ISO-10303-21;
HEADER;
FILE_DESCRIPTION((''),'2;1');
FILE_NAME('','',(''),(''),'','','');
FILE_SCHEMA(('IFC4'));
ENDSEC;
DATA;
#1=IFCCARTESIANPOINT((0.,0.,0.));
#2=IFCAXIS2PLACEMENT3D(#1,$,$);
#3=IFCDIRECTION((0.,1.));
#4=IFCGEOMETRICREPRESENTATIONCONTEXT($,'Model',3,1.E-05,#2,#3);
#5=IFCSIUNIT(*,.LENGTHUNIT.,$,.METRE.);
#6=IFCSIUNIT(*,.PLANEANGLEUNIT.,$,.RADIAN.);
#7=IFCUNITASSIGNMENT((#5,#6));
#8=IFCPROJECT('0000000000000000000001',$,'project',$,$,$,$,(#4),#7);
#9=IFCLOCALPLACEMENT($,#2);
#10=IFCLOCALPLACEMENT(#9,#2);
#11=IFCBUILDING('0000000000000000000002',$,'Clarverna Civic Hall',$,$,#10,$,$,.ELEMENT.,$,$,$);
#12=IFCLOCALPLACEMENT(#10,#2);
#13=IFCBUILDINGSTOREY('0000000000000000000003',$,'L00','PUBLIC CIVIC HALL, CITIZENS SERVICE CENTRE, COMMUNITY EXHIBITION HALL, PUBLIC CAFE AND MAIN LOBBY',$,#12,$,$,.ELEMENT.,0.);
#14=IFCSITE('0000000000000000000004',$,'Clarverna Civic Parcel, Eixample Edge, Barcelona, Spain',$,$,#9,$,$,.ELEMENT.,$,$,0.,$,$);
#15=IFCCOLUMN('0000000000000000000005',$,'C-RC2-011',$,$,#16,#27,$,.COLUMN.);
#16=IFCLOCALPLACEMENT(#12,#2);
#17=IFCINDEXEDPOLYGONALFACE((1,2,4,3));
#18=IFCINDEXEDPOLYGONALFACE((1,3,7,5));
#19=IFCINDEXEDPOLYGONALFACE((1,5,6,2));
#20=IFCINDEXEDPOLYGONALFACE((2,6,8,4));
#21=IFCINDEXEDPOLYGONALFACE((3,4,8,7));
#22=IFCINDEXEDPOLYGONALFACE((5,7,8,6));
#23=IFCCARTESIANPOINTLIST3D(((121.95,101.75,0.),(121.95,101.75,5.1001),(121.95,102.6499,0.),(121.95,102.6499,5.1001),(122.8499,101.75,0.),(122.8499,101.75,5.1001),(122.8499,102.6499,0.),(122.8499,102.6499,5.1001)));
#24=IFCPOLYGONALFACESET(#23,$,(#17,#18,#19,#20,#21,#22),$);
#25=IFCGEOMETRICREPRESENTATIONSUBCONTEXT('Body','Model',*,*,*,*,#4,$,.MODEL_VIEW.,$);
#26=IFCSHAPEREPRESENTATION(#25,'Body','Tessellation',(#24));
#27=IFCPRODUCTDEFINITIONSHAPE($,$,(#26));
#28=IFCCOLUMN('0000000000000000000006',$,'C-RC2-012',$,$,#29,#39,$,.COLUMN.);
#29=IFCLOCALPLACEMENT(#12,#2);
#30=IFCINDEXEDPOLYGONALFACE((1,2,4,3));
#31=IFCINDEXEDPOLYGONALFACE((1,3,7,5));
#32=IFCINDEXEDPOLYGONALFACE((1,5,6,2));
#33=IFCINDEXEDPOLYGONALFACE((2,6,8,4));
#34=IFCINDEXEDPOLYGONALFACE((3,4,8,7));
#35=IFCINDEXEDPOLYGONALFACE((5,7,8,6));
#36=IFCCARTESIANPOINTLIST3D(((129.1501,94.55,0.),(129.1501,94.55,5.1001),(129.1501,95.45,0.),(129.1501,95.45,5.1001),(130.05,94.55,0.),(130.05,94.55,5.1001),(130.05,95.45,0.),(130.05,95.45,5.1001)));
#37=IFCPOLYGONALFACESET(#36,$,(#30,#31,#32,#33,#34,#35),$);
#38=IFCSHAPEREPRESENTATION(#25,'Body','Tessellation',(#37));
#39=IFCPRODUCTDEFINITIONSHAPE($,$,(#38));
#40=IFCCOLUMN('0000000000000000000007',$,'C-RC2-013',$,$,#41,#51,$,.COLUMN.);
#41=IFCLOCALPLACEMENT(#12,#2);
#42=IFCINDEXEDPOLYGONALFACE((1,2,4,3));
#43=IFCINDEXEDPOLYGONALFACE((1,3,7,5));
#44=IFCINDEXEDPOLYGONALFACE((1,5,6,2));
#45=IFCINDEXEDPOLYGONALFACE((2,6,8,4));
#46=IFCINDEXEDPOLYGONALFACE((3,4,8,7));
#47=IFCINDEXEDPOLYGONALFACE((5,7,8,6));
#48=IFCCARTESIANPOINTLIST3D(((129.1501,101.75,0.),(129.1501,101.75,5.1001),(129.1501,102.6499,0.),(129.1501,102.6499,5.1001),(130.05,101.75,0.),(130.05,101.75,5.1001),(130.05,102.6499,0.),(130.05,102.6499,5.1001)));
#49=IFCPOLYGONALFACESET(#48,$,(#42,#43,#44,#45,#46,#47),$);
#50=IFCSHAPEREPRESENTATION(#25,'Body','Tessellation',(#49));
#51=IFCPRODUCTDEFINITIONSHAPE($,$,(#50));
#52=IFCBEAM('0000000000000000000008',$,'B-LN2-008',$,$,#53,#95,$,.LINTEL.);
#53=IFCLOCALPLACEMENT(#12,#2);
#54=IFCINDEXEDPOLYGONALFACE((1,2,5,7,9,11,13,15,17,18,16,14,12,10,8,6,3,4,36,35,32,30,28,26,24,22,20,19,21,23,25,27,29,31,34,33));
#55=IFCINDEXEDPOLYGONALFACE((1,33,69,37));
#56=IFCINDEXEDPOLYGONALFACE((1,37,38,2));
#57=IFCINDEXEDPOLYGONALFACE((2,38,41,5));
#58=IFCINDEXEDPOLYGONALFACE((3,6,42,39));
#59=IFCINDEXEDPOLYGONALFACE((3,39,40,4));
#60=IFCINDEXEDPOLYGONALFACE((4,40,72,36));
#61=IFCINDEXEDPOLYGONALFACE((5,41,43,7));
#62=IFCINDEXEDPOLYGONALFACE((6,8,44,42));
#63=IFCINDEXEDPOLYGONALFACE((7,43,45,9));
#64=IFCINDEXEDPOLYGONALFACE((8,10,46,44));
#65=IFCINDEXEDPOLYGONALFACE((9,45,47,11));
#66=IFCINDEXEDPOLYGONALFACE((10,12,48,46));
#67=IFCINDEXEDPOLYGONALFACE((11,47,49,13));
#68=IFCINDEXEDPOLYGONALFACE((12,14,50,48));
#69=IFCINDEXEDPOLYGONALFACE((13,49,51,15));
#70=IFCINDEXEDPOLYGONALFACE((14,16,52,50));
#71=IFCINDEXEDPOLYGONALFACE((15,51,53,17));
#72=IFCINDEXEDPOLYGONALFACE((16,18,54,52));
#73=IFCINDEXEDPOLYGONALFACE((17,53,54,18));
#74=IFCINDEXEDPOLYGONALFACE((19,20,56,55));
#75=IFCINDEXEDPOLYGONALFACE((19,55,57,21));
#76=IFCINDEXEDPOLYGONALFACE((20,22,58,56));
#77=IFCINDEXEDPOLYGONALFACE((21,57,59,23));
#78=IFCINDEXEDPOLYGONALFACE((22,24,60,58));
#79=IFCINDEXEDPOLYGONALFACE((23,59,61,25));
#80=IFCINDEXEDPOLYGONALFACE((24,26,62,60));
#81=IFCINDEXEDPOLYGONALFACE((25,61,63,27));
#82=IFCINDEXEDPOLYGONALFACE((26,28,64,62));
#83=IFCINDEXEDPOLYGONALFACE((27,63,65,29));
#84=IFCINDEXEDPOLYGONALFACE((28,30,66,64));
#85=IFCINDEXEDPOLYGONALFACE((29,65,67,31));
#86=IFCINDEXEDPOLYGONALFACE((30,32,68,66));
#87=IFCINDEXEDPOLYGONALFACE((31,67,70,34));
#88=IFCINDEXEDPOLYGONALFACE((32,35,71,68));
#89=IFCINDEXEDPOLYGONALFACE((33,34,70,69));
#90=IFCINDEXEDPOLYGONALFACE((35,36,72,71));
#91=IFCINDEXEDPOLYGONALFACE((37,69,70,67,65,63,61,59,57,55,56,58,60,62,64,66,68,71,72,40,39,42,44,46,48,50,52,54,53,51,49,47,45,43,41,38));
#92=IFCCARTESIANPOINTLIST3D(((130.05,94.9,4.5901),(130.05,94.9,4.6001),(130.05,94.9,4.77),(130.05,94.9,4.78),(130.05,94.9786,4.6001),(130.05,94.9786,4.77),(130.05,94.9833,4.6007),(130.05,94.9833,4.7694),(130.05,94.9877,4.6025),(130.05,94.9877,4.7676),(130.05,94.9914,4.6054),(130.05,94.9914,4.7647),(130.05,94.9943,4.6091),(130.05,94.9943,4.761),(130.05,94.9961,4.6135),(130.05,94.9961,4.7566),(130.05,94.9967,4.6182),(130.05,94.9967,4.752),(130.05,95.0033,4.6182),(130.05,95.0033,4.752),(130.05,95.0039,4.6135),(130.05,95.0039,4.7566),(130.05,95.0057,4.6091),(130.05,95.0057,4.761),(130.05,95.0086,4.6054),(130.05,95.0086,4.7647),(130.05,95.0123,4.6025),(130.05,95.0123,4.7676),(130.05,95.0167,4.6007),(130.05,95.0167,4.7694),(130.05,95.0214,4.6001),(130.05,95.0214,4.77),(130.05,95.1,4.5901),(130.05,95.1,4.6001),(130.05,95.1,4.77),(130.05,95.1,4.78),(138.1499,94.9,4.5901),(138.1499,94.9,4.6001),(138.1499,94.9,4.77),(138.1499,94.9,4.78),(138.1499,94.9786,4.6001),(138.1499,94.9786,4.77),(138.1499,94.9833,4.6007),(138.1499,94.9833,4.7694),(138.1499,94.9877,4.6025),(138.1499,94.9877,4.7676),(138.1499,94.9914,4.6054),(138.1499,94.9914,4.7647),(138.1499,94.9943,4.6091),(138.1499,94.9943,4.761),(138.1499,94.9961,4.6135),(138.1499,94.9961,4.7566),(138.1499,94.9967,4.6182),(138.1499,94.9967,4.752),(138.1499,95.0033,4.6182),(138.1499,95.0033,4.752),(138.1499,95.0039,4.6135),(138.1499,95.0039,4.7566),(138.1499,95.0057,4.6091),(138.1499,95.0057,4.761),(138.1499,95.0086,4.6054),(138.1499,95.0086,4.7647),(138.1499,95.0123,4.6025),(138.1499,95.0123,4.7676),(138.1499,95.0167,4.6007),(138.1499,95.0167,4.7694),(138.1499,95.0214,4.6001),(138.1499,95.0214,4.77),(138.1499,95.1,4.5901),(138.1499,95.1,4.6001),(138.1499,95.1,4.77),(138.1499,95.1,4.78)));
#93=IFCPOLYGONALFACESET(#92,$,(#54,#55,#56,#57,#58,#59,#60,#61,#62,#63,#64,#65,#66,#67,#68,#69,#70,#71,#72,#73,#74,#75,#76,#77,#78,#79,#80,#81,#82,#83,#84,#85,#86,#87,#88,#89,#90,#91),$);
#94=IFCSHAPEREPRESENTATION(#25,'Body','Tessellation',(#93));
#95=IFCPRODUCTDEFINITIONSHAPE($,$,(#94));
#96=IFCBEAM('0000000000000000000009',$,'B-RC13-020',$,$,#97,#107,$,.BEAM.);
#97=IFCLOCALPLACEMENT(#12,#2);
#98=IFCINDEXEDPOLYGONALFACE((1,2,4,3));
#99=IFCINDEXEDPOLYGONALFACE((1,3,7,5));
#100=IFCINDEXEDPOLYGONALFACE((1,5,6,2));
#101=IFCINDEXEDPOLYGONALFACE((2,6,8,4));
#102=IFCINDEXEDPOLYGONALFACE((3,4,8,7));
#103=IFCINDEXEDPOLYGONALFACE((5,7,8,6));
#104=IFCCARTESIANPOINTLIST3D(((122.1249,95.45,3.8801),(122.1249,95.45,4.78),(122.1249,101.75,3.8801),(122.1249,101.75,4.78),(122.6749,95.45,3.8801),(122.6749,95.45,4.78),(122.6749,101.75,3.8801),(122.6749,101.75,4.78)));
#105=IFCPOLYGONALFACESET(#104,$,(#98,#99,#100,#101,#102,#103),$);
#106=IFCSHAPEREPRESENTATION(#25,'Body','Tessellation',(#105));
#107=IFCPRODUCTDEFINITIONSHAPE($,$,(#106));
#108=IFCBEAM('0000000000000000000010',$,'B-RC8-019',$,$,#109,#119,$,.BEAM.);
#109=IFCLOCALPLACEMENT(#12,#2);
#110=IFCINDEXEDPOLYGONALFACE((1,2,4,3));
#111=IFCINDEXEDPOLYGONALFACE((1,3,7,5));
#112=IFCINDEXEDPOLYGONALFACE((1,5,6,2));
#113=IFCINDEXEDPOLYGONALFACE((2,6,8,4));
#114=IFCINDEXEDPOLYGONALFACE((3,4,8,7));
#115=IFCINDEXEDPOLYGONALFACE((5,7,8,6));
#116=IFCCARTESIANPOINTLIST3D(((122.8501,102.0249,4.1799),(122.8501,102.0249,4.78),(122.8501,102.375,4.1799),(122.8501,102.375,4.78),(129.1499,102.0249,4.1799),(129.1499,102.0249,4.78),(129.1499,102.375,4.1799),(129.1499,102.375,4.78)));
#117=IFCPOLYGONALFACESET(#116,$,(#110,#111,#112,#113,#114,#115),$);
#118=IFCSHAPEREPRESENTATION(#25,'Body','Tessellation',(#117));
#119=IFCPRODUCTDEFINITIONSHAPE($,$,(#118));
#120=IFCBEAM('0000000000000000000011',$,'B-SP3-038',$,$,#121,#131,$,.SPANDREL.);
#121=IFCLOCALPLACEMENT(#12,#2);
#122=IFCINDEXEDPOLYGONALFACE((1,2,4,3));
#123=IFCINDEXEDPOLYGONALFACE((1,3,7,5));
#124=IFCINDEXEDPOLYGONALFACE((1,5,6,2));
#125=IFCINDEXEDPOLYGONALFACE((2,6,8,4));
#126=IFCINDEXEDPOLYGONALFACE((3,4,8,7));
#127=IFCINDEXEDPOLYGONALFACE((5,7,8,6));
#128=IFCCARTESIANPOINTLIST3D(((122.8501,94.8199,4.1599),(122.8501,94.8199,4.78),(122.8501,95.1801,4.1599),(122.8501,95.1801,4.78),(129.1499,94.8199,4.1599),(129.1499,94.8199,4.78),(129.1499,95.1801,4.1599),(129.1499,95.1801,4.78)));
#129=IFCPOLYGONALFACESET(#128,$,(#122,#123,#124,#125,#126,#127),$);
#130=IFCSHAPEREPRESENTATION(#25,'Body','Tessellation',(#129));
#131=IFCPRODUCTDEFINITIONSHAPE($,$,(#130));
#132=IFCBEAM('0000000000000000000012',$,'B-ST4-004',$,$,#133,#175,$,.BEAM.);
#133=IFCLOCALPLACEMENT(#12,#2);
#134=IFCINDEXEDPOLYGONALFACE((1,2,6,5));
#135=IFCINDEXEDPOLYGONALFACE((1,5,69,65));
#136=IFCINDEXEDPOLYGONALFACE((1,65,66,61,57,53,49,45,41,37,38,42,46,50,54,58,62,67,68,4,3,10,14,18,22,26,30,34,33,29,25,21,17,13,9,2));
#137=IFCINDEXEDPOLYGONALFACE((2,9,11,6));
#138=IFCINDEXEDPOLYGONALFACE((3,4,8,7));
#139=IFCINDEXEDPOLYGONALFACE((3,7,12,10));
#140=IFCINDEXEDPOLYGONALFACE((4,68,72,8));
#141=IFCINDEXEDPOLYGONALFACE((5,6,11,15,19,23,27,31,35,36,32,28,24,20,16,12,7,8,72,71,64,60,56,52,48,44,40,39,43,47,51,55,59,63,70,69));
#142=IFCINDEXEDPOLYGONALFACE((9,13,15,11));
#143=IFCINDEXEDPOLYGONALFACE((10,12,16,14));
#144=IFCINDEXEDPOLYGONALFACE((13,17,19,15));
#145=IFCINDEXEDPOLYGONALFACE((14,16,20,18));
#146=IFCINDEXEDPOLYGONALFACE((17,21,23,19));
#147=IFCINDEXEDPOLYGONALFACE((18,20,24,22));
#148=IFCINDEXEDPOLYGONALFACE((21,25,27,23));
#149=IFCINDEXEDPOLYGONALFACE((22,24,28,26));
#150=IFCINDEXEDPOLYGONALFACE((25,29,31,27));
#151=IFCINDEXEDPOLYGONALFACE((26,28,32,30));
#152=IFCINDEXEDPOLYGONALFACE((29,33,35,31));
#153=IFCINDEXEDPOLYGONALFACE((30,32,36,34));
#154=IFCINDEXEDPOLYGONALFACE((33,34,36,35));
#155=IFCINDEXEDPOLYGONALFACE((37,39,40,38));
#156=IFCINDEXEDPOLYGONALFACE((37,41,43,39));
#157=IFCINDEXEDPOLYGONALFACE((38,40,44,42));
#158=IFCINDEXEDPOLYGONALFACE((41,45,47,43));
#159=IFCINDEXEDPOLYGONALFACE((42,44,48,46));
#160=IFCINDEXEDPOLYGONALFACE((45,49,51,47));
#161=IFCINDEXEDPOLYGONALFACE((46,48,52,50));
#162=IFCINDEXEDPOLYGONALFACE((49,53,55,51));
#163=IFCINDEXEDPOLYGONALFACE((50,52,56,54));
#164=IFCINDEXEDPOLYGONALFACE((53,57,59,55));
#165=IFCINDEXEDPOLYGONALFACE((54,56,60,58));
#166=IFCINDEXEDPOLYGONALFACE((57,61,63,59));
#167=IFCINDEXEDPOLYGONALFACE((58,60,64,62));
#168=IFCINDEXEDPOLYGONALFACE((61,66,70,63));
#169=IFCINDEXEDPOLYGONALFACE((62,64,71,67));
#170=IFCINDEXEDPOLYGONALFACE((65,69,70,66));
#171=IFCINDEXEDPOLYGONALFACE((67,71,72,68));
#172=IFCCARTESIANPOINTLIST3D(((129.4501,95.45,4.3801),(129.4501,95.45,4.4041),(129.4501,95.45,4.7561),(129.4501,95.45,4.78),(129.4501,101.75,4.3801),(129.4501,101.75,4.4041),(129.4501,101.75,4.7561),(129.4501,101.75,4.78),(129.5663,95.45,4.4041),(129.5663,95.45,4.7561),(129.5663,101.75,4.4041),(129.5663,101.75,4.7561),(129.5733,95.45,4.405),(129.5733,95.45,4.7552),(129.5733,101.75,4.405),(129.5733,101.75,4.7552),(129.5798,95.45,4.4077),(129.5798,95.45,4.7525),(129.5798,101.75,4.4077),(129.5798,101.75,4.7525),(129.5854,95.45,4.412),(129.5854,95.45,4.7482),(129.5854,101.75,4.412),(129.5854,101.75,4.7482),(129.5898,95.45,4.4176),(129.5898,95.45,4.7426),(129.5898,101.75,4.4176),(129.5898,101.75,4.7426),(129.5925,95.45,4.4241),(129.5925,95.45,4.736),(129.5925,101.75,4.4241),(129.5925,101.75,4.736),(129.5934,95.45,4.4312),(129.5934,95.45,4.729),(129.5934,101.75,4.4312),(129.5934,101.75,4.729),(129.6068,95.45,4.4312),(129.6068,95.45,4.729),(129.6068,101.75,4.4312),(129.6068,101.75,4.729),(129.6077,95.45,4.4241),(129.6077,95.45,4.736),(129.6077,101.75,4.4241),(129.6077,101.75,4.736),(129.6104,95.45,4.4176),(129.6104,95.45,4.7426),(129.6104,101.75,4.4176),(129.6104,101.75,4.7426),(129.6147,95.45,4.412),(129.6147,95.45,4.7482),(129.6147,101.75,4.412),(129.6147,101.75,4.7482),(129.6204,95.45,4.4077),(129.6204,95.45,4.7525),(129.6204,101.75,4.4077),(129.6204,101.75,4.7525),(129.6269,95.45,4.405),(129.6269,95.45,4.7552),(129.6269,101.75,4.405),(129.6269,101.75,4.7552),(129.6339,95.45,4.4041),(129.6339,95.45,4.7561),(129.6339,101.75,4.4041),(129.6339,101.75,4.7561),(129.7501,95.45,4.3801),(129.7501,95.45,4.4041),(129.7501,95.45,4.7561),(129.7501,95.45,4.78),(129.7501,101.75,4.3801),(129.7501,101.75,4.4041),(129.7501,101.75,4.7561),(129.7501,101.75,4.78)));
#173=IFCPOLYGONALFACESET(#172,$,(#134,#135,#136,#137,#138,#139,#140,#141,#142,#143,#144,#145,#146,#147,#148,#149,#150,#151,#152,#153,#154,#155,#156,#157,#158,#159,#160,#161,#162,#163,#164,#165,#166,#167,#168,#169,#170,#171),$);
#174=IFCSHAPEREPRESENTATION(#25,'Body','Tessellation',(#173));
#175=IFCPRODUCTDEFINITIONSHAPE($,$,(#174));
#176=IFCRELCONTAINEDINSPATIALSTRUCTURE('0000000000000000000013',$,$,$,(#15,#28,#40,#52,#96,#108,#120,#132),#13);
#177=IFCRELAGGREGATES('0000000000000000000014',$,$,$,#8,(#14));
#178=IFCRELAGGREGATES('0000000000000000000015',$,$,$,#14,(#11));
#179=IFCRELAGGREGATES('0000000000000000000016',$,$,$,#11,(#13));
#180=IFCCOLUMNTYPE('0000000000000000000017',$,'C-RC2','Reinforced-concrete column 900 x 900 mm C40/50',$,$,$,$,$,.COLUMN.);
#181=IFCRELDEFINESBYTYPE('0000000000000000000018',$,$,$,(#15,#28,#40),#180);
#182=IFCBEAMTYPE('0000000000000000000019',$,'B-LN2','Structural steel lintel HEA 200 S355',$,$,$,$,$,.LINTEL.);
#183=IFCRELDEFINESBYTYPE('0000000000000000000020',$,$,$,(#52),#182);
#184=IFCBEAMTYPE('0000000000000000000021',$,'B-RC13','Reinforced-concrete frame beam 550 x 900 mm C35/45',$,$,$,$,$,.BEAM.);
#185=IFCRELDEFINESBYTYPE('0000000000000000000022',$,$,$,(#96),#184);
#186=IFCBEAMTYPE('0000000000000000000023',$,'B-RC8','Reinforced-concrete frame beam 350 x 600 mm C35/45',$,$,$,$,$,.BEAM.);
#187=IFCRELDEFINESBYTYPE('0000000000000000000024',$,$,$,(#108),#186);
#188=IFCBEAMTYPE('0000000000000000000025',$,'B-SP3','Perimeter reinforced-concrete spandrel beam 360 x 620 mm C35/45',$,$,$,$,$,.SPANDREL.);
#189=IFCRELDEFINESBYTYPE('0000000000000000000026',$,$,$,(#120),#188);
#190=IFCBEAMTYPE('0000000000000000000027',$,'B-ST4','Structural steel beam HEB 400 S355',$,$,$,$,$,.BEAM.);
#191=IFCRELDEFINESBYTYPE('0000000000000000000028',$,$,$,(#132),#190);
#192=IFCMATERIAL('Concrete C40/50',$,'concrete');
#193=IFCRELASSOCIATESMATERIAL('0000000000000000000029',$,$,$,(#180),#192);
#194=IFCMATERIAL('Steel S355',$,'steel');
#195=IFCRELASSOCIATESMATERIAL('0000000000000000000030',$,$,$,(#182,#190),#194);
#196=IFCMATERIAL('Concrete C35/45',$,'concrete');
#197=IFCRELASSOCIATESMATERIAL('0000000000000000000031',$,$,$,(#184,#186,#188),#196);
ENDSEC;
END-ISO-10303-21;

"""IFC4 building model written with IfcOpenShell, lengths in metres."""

from ifc_helpers import new_model, si_unit, direction, frame, origin, origin_2d, place, context, subcontext, project, spatial, rectangle, i_section, extrude, material, material_profile, profile_set, type_object, element, save


model = new_model("IFC4")

# Units and contexts
model_context = context("Model", 3, precision=1e-05, world=origin(), true_north=direction((0.0, 1.0)))
body_context = subcontext(model_context, "Body", "Model", "MODEL_VIEW")
ifc_project = project(units=[si_unit("LENGTHUNIT", "METRE"), si_unit("PLANEANGLEUNIT", "RADIAN")], contexts=[model_context])

# Site, building, storey
site_placement = place(None, origin())
site = spatial("IfcSite", under=ifc_project, at=site_placement, Name="Clarverna Civic Parcel, Eixample Edge, Barcelona, Spain", CompositionType="ELEMENT", RefElevation=0.0)
building_placement = place(site_placement, origin())
building = spatial("IfcBuilding", under=site, at=building_placement, Name="Clarverna Civic Hall", CompositionType="ELEMENT")
storey_placement = place(building_placement, origin())
storey = spatial("IfcBuildingStorey", under=building, at=storey_placement, Name="L00", Description="PUBLIC CIVIC HALL, CITIZENS SERVICE CENTRE, COMMUNITY EXHIBITION HALL, PUBLIC CAFE AND MAIN LOBBY", CompositionType="ELEMENT", Elevation=0.0)

# Columns
ifc_material_1 = material(Name="Concrete C40/50", Category="concrete")
ifc_material_profile_1 = material_profile(ifc_material_1, rectangle(XDim=0.8999, YDim=0.8999, at=origin_2d()), Name="RC 900x900")
ifc_profile_set_1 = profile_set([ifc_material_profile_1], Name="Concrete C40/50")
column_type = type_object("IfcColumnType", Name="C-RC2", Description="Reinforced-concrete column 900 x 900 mm C40/50", PredefinedType="COLUMN", material=ifc_profile_set_1)
for number, where, z_axis, x_axis, name in (
    (1, (122.3999, 102.2, 0.0), (0.0, 0.0, 1.0), (1.0, 0.0, 0.0), "C-RC2-011"),
    (2, (129.6001, 95.0, 0.0), (0.0, 0.0, 1.0), (1.0, 0.0, 0.0), "C-RC2-012"),
    (3, (129.6001, 102.2, 0.0), (0.0, 0.0, 1.0), (1.0, 0.0, 0.0), "C-RC2-013"),
):
    element("IfcColumn", number, at=place(storey_placement, frame(where, z_axis=z_axis, x_axis=x_axis)), inside=storey, type_object=column_type, Name=name, PredefinedType="COLUMN", context=body_context, shape_type="SweptSolid", body=[
        extrude(rectangle(XDim=0.8999, YDim=0.8999, at=origin_2d()), origin(), (0.0, 0.0, 1.0), 5.1001),
    ])

# Beams
ifc_material_2 = material(Name="Steel S355", Category="steel")
ifc_material_profile_2 = material_profile(ifc_material_2, i_section(OverallWidth=0.2, OverallDepth=0.1899, WebThickness=0.0066, FlangeThickness=0.01, FilletRadius=0.0181, at=origin_2d()), Name="HEA 200")
ifc_profile_set_2 = profile_set([ifc_material_profile_2], Name="Steel S355")
beam_type_1 = type_object("IfcBeamType", Name="B-LN2", Description="Structural steel lintel HEA 200 S355", PredefinedType="LINTEL", material=ifc_profile_set_2)
beam_1_placement = place(storey_placement, frame((130.05, 95.0, 4.6851), z_axis=(1.0, 0.0, 0.0), x_axis=(0.0, 1.0, 0.0)))
element("IfcBeam", 4, at=beam_1_placement, inside=storey, type_object=beam_type_1, Name="B-LN2-008", PredefinedType="LINTEL", context=body_context, shape_type="SweptSolid", body=[
    extrude(i_section(OverallWidth=0.2, OverallDepth=0.1899, WebThickness=0.0066, FlangeThickness=0.01, FilletRadius=0.0181, at=origin_2d()), origin(), (0.0, 0.0, 1.0), 8.0999),
])
ifc_material_3 = material(Name="Concrete C35/45", Category="concrete")
ifc_material_profile_3 = material_profile(ifc_material_3, rectangle(XDim=0.55, YDim=0.8999, at=origin_2d()), Name="RC 550x900")
ifc_profile_set_3 = profile_set([ifc_material_profile_3], Name="Concrete C35/45")
beam_type_2 = type_object("IfcBeamType", Name="B-RC13", Description="Reinforced-concrete frame beam 550 x 900 mm C35/45", PredefinedType="BEAM", material=ifc_profile_set_3)
beam_2_placement = place(storey_placement, frame((122.3999, 95.45, 4.3301), z_axis=(0.0, 1.0, 0.0), x_axis=(-1.0, 0.0, 0.0)))
element("IfcBeam", 5, at=beam_2_placement, inside=storey, type_object=beam_type_2, Name="B-RC13-020", PredefinedType="BEAM", context=body_context, shape_type="SweptSolid", body=[
    extrude(rectangle(XDim=0.55, YDim=0.8999, at=origin_2d()), origin(), (0.0, 0.0, 1.0), 6.3),
])
ifc_material_profile_4 = material_profile(ifc_material_3, rectangle(XDim=0.3501, YDim=0.6001, at=origin_2d()), Name="RC 350x600")
ifc_profile_set_4 = profile_set([ifc_material_profile_4], Name="Concrete C35/45")
beam_type_3 = type_object("IfcBeamType", Name="B-RC8", Description="Reinforced-concrete frame beam 350 x 600 mm C35/45", PredefinedType="BEAM", material=ifc_profile_set_4)
beam_3_placement = place(storey_placement, frame((122.8501, 102.2, 4.48), z_axis=(1.0, 0.0, 0.0), x_axis=(0.0, 1.0, 0.0)))
element("IfcBeam", 6, at=beam_3_placement, inside=storey, type_object=beam_type_3, Name="B-RC8-019", PredefinedType="BEAM", context=body_context, shape_type="SweptSolid", body=[
    extrude(rectangle(XDim=0.3501, YDim=0.6001, at=origin_2d()), origin(), (0.0, 0.0, 1.0), 6.2998),
])
ifc_material_profile_5 = material_profile(ifc_material_3, rectangle(XDim=0.3601, YDim=0.6201, at=origin_2d()), Name="RC 360x620")
ifc_profile_set_5 = profile_set([ifc_material_profile_5], Name="Concrete C35/45")
beam_type_4 = type_object("IfcBeamType", Name="B-SP3", Description="Perimeter reinforced-concrete spandrel beam 360 x 620 mm C35/45", PredefinedType="SPANDREL", material=ifc_profile_set_5)
beam_4_placement = place(storey_placement, frame((122.8501, 95.0, 4.47), z_axis=(1.0, 0.0, 0.0), x_axis=(0.0, 1.0, 0.0)))
element("IfcBeam", 7, at=beam_4_placement, inside=storey, type_object=beam_type_4, Name="B-SP3-038", PredefinedType="SPANDREL", context=body_context, shape_type="SweptSolid", body=[
    extrude(rectangle(XDim=0.3601, YDim=0.6201, at=origin_2d()), origin(), (0.0, 0.0, 1.0), 6.2998),
])
ifc_material_profile_6 = material_profile(ifc_material_2, i_section(OverallWidth=0.3, OverallDepth=0.3999, WebThickness=0.0134, FlangeThickness=0.0239, FilletRadius=0.0271, at=origin_2d()), Name="HEB 400")
ifc_profile_set_6 = profile_set([ifc_material_profile_6], Name="Steel S355")
beam_type_5 = type_object("IfcBeamType", Name="B-ST4", Description="Structural steel beam HEB 400 S355", PredefinedType="BEAM", material=ifc_profile_set_6)
beam_5_placement = place(storey_placement, frame((129.6001, 95.45, 4.5801), z_axis=(0.0, 1.0, 0.0), x_axis=(-1.0, 0.0, 0.0)))
element("IfcBeam", 8, at=beam_5_placement, inside=storey, type_object=beam_type_5, Name="B-ST4-004", PredefinedType="BEAM", context=body_context, shape_type="SweptSolid", body=[
    extrude(i_section(OverallWidth=0.3, OverallDepth=0.3999, WebThickness=0.0134, FlangeThickness=0.0239, FilletRadius=0.0271, at=origin_2d()), origin(), (0.0, 0.0, 1.0), 6.3),
])

save(model, "model.ifc")
